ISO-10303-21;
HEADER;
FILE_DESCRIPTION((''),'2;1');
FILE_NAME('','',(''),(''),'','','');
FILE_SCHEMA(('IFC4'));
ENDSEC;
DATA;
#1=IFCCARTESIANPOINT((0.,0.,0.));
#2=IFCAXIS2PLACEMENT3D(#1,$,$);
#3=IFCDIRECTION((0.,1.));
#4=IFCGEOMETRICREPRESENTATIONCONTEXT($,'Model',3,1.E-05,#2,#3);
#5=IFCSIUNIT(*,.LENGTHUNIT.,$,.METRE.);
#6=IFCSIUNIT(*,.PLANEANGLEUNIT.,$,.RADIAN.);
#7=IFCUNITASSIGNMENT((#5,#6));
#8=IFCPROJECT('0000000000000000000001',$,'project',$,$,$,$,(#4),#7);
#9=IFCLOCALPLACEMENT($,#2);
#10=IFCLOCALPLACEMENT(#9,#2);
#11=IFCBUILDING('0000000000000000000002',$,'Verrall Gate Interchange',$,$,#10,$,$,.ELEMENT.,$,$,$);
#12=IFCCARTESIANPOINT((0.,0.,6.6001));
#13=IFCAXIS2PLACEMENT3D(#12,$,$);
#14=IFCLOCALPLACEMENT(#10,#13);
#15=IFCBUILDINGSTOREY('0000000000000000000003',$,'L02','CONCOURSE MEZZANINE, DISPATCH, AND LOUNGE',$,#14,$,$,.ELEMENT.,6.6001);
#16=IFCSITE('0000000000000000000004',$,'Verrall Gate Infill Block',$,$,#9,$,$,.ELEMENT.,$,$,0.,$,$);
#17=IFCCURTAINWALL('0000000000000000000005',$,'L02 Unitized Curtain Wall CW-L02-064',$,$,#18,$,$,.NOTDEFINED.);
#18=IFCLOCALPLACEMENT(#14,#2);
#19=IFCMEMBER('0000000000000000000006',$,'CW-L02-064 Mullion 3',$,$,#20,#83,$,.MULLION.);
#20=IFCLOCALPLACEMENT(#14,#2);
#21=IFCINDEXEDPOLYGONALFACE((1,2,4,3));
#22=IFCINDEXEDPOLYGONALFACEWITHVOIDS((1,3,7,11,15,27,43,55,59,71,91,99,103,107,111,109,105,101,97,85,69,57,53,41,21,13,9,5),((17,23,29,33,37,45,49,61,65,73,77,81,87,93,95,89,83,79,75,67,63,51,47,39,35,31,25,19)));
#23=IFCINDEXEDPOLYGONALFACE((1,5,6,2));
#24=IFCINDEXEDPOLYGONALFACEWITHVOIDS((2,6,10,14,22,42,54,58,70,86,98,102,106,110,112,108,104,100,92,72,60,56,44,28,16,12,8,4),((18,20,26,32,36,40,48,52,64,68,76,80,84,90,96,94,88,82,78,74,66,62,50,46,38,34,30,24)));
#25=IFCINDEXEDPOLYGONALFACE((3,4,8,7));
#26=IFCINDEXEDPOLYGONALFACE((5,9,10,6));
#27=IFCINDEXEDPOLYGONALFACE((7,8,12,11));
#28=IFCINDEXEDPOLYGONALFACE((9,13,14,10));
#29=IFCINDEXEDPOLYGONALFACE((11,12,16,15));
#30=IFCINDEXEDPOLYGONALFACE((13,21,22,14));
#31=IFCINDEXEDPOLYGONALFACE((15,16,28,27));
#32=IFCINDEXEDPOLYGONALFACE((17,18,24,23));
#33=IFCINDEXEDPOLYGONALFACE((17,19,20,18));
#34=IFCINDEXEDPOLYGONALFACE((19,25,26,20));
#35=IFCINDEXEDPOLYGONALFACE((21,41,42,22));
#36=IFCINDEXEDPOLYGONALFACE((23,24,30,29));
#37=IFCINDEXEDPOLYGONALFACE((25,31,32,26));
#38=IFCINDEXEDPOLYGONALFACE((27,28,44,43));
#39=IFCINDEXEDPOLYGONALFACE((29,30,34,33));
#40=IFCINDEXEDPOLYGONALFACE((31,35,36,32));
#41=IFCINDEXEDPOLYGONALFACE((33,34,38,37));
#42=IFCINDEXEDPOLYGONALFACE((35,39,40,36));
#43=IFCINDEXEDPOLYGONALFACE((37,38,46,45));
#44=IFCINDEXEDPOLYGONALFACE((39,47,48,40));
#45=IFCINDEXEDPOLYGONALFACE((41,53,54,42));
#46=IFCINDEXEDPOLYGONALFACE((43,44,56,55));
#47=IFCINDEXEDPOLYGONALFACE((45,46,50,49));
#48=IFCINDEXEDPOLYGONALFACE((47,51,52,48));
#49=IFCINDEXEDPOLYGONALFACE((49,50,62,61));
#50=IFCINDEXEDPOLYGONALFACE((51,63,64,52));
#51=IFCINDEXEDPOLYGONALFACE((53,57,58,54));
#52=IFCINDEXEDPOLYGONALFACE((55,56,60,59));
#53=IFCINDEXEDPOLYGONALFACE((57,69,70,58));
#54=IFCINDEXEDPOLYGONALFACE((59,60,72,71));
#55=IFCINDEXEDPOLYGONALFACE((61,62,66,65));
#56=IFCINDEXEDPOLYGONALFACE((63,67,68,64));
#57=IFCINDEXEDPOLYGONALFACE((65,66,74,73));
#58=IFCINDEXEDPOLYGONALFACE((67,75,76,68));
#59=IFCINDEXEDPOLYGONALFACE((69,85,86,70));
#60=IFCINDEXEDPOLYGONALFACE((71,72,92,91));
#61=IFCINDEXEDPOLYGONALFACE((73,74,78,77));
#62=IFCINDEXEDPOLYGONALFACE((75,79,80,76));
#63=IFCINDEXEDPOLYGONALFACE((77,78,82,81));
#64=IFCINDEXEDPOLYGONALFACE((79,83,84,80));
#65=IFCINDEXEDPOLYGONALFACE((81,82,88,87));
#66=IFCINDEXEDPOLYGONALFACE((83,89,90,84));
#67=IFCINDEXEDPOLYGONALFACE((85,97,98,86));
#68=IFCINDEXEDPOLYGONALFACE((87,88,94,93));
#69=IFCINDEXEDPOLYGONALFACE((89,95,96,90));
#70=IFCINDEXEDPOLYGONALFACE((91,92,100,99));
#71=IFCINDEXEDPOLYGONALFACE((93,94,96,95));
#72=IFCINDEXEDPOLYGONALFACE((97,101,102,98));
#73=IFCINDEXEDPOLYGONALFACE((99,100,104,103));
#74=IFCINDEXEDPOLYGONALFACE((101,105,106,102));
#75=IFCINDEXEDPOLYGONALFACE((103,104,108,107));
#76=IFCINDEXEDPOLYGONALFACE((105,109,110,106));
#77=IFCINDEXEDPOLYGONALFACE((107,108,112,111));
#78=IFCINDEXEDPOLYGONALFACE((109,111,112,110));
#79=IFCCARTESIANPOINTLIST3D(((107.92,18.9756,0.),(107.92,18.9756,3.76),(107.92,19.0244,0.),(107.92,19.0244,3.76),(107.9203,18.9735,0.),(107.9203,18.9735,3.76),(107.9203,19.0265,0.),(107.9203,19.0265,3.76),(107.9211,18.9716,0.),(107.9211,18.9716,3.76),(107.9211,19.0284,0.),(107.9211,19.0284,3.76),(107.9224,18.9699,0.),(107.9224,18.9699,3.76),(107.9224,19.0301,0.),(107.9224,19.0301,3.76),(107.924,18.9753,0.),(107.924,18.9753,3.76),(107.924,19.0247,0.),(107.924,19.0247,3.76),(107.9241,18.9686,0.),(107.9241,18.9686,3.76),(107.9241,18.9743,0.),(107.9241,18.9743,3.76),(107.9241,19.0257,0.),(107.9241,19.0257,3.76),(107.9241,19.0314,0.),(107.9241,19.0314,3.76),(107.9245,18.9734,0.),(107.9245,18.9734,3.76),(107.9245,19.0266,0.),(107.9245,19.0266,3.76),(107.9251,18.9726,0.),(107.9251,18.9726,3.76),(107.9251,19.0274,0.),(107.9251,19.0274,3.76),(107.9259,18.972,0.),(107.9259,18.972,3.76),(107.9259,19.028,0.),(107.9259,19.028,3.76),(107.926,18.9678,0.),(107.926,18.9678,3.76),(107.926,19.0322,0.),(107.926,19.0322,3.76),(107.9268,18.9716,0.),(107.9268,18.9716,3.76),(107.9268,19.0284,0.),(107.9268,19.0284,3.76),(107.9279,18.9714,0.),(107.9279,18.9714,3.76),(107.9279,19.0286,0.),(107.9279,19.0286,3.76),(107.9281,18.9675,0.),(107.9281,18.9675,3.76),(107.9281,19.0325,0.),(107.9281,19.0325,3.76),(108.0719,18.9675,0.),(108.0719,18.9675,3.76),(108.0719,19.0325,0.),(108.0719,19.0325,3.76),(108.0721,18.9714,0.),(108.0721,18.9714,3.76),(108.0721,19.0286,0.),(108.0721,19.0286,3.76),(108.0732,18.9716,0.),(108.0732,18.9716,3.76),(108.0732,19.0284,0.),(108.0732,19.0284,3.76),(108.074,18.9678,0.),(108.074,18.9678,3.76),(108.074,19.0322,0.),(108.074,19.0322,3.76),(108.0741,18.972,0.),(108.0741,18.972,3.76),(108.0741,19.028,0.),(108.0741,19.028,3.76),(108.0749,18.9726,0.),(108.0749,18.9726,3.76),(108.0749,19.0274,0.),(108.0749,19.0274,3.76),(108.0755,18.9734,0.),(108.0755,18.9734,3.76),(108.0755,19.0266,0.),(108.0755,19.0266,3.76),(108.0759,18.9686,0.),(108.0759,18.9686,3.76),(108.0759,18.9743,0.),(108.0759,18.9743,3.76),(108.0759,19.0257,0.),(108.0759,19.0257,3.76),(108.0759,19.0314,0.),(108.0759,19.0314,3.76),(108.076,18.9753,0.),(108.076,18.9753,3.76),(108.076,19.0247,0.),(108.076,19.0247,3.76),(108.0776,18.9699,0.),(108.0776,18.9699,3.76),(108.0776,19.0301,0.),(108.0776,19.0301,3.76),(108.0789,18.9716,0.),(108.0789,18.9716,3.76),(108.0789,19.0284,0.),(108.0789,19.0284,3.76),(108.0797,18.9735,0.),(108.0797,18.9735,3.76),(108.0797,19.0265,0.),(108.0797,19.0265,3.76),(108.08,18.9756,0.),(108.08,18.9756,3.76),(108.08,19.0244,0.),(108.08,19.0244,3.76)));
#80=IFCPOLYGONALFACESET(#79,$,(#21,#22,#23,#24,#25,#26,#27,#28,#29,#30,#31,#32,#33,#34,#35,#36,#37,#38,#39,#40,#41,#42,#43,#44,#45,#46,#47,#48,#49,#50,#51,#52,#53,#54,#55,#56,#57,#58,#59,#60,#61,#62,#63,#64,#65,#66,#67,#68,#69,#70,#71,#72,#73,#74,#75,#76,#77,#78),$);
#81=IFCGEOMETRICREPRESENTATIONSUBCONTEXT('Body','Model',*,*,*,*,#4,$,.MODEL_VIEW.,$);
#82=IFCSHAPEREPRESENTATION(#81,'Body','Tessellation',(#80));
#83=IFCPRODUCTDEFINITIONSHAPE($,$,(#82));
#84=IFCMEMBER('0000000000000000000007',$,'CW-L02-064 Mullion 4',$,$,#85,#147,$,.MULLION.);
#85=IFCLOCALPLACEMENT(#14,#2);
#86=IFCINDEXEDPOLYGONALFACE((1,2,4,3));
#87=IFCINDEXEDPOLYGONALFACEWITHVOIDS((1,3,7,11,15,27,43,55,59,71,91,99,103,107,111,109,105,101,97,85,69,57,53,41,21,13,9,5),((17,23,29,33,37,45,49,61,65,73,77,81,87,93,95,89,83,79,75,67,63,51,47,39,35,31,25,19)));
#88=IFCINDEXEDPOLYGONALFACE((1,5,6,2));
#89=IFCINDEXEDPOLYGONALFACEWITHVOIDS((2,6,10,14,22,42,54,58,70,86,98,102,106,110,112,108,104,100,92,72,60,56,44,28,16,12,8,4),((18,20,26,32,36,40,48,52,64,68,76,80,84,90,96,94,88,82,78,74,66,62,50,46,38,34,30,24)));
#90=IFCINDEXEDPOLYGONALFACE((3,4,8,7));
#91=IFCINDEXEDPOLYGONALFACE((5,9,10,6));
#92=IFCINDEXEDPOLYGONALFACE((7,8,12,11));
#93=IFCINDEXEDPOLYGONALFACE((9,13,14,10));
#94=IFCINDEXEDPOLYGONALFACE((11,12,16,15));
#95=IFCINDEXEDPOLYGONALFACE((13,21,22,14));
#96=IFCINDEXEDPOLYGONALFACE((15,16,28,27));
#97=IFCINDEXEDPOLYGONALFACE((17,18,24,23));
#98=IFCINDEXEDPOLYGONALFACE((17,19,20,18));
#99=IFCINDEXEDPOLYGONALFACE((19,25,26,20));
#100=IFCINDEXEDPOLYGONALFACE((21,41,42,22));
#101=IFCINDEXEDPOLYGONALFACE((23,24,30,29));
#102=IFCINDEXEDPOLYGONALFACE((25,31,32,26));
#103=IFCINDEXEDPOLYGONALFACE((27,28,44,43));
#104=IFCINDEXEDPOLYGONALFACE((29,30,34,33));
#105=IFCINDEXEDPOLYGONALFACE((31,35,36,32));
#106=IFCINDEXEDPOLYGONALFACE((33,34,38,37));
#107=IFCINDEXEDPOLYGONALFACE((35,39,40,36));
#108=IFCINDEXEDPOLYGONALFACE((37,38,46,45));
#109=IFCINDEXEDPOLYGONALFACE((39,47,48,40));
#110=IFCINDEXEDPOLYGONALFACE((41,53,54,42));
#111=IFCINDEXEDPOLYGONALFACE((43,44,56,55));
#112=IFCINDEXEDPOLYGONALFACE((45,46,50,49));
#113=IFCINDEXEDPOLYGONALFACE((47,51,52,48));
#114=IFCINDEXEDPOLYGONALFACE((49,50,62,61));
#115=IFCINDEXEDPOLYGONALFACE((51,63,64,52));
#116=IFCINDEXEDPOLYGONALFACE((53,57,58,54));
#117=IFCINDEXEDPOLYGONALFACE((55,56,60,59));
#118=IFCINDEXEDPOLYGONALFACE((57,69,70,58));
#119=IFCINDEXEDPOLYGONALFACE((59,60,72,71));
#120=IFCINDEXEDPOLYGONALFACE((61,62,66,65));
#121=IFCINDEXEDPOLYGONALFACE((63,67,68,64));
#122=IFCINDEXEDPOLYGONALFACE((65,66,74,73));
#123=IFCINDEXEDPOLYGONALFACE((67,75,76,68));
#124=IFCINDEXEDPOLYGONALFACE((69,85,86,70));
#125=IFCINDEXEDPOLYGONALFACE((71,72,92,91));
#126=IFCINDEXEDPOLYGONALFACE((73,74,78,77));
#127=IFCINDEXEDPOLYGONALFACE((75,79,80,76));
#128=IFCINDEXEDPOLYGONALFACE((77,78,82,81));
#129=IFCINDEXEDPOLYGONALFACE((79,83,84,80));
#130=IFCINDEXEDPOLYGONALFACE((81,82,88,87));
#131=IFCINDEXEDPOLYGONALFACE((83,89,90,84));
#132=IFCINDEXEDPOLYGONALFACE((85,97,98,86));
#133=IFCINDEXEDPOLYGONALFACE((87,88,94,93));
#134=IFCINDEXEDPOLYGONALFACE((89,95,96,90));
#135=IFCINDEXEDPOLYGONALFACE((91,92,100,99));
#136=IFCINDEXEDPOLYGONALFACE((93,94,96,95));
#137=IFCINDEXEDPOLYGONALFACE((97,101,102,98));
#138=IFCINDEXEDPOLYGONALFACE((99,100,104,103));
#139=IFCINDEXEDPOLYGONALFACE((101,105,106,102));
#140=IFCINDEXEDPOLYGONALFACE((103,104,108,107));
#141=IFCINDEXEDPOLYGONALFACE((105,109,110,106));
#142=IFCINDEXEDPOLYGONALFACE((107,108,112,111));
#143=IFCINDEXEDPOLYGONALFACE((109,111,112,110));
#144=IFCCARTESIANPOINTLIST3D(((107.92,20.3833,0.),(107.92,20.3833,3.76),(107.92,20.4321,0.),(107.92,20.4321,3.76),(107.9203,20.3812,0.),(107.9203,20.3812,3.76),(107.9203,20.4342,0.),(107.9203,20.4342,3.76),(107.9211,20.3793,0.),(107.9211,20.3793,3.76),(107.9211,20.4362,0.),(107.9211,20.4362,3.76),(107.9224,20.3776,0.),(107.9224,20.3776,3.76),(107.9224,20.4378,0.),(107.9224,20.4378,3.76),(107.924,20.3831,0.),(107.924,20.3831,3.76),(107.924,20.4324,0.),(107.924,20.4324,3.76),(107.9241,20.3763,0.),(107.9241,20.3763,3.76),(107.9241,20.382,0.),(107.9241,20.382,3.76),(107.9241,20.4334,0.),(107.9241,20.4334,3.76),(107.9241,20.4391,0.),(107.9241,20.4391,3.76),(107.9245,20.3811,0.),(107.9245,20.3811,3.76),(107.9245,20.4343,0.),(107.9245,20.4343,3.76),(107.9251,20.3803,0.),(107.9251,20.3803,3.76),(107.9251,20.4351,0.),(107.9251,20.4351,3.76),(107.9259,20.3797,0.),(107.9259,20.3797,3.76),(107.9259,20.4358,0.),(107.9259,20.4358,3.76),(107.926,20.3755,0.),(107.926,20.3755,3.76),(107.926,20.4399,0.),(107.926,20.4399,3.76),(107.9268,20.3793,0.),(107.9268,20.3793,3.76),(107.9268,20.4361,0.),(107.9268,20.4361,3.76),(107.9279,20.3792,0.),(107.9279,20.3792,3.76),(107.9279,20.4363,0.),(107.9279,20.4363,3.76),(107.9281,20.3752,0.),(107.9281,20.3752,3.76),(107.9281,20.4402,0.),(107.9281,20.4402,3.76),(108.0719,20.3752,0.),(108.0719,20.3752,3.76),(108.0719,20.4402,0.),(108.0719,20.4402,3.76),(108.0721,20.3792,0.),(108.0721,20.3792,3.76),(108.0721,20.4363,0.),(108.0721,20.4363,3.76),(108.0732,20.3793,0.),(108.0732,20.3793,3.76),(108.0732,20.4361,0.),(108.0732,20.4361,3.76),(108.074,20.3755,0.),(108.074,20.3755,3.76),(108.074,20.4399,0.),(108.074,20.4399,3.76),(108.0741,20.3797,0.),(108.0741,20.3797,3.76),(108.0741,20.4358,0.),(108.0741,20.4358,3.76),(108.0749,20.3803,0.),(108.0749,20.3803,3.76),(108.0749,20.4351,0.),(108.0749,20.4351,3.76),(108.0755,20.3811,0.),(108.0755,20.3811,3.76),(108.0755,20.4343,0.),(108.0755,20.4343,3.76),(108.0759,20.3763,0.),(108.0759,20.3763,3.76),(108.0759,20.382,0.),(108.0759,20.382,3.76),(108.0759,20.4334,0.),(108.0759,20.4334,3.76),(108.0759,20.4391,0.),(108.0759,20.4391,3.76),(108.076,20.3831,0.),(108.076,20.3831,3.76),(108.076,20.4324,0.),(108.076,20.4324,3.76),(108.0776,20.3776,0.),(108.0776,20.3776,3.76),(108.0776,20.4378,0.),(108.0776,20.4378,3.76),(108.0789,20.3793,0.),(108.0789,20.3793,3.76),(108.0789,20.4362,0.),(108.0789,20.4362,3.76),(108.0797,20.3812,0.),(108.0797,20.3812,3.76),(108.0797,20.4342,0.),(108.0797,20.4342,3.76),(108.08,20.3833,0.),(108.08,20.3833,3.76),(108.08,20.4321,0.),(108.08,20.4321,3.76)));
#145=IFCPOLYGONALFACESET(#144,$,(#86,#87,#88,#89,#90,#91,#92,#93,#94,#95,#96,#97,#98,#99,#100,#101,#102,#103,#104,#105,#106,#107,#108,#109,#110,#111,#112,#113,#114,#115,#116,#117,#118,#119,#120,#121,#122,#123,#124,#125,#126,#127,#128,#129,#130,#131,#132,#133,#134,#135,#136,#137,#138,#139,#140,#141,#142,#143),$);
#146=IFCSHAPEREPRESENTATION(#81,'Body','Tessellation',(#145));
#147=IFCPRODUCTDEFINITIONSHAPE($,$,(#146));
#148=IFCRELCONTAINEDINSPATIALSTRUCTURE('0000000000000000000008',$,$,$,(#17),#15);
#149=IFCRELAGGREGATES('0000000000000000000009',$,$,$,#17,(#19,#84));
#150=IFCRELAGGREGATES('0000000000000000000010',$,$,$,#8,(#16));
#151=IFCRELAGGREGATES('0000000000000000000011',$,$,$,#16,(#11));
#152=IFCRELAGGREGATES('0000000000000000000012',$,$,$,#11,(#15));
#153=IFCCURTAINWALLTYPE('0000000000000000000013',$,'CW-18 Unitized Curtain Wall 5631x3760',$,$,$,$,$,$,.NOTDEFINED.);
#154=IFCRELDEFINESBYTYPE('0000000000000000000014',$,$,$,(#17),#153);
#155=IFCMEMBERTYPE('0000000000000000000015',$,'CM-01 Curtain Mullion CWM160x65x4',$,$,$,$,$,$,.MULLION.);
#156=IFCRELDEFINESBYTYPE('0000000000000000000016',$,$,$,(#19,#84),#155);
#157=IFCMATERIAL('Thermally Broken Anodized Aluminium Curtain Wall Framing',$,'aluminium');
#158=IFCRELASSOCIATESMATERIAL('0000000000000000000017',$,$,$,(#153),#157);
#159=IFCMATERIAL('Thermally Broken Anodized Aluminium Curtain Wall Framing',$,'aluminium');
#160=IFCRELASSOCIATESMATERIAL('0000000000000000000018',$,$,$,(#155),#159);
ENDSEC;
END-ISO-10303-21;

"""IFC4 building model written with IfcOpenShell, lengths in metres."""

from ifc_helpers import new_model, si_unit, direction, frame, origin, origin_2d, place, context, subcontext, project, spatial, hollow_rectangle, extrude, material, material_profile, profile_set, type_object, element, aggregate, save


model = new_model("IFC4")

# Units and contexts
model_context = context("Model", 3, precision=1e-05, world=origin(), true_north=direction((0.0, 1.0)))
body_context = subcontext(model_context, "Body", "Model", "MODEL_VIEW")
ifc_project = project(units=[si_unit("LENGTHUNIT", "METRE"), si_unit("PLANEANGLEUNIT", "RADIAN")], contexts=[model_context])

# Site, building, storey
site_placement = place(None, origin())
site = spatial("IfcSite", under=ifc_project, at=site_placement, Name="Verrall Gate Infill Block", CompositionType="ELEMENT", RefElevation=0.0)
building_placement = place(site_placement, origin())
building = spatial("IfcBuilding", under=site, at=building_placement, Name="Verrall Gate Interchange", CompositionType="ELEMENT")
storey_placement = place(building_placement, frame((0.0, 0.0, 6.6001)))
storey = spatial("IfcBuildingStorey", under=building, at=storey_placement, Name="L02", Description="CONCOURSE MEZZANINE, DISPATCH, AND LOUNGE", CompositionType="ELEMENT", Elevation=6.6001)

# Curtain wall, members
ifc_material_1 = material(Name="Thermally Broken Anodized Aluminium Curtain Wall Framing", Category="aluminium")
curtain_wall_type = type_object("IfcCurtainWallType", Name="CW-18 Unitized Curtain Wall 5631x3760", PredefinedType="NOTDEFINED", material=ifc_material_1)
curtain_wall_1_placement = place(storey_placement, origin())
curtain_wall_1 = element("IfcCurtainWall", 1, at=curtain_wall_1_placement, inside=storey, type_object=curtain_wall_type, Name="L02 Unitized Curtain Wall CW-L02-064", PredefinedType="NOTDEFINED")
ifc_material_2 = material(Name="Thermally Broken Anodized Aluminium Curtain Wall Framing", Category="aluminium")
ifc_material_profile_1 = material_profile(ifc_material_2, hollow_rectangle(XDim=0.0649, YDim=0.1599, WallThickness=0.0039, InnerFilletRadius=0.0039, OuterFilletRadius=0.0081, at=origin_2d()), Name="CWM160x65x4")
ifc_profile_set_1 = profile_set([ifc_material_profile_1], Name="Thermally Broken Anodized Aluminium Curtain Wall Framing")
member_type_1 = type_object("IfcMemberType", Name="CM-01 Curtain Mullion CWM160x65x4", PredefinedType="MULLION", material=ifc_profile_set_1)
member_1_placement = place(storey_placement, frame((108.0, 19.0, 0.0), z_axis=(0.0, 0.0, 1.0), x_axis=(0.0, 1.0, 0.0)))
member_1 = element("IfcMember", 2, at=member_1_placement, type_object=member_type_1, Name="CW-L02-064 Mullion 3", PredefinedType="MULLION", context=body_context, shape_type="SweptSolid", body=[
    extrude(hollow_rectangle(XDim=0.0649, YDim=0.1599, WallThickness=0.0039, InnerFilletRadius=0.0039, OuterFilletRadius=0.0081, at=origin_2d()), origin(), (0.0, 0.0, 1.0), 3.76),
])
member_2_placement = place(storey_placement, frame((108.0, 20.4077, 0.0), z_axis=(0.0, 0.0, 1.0), x_axis=(0.0, 1.0, 0.0)))
member_2 = element("IfcMember", 3, at=member_2_placement, type_object=member_type_1, Name="CW-L02-064 Mullion 4", PredefinedType="MULLION", context=body_context, shape_type="SweptSolid", body=[
    extrude(hollow_rectangle(XDim=0.0649, YDim=0.1599, WallThickness=0.0039, InnerFilletRadius=0.0039, OuterFilletRadius=0.0081, at=origin_2d()), origin(), (0.0, 0.0, 1.0), 3.76),
])

aggregate(curtain_wall_1, [member_1, member_2])

save(model, "model.ifc")
